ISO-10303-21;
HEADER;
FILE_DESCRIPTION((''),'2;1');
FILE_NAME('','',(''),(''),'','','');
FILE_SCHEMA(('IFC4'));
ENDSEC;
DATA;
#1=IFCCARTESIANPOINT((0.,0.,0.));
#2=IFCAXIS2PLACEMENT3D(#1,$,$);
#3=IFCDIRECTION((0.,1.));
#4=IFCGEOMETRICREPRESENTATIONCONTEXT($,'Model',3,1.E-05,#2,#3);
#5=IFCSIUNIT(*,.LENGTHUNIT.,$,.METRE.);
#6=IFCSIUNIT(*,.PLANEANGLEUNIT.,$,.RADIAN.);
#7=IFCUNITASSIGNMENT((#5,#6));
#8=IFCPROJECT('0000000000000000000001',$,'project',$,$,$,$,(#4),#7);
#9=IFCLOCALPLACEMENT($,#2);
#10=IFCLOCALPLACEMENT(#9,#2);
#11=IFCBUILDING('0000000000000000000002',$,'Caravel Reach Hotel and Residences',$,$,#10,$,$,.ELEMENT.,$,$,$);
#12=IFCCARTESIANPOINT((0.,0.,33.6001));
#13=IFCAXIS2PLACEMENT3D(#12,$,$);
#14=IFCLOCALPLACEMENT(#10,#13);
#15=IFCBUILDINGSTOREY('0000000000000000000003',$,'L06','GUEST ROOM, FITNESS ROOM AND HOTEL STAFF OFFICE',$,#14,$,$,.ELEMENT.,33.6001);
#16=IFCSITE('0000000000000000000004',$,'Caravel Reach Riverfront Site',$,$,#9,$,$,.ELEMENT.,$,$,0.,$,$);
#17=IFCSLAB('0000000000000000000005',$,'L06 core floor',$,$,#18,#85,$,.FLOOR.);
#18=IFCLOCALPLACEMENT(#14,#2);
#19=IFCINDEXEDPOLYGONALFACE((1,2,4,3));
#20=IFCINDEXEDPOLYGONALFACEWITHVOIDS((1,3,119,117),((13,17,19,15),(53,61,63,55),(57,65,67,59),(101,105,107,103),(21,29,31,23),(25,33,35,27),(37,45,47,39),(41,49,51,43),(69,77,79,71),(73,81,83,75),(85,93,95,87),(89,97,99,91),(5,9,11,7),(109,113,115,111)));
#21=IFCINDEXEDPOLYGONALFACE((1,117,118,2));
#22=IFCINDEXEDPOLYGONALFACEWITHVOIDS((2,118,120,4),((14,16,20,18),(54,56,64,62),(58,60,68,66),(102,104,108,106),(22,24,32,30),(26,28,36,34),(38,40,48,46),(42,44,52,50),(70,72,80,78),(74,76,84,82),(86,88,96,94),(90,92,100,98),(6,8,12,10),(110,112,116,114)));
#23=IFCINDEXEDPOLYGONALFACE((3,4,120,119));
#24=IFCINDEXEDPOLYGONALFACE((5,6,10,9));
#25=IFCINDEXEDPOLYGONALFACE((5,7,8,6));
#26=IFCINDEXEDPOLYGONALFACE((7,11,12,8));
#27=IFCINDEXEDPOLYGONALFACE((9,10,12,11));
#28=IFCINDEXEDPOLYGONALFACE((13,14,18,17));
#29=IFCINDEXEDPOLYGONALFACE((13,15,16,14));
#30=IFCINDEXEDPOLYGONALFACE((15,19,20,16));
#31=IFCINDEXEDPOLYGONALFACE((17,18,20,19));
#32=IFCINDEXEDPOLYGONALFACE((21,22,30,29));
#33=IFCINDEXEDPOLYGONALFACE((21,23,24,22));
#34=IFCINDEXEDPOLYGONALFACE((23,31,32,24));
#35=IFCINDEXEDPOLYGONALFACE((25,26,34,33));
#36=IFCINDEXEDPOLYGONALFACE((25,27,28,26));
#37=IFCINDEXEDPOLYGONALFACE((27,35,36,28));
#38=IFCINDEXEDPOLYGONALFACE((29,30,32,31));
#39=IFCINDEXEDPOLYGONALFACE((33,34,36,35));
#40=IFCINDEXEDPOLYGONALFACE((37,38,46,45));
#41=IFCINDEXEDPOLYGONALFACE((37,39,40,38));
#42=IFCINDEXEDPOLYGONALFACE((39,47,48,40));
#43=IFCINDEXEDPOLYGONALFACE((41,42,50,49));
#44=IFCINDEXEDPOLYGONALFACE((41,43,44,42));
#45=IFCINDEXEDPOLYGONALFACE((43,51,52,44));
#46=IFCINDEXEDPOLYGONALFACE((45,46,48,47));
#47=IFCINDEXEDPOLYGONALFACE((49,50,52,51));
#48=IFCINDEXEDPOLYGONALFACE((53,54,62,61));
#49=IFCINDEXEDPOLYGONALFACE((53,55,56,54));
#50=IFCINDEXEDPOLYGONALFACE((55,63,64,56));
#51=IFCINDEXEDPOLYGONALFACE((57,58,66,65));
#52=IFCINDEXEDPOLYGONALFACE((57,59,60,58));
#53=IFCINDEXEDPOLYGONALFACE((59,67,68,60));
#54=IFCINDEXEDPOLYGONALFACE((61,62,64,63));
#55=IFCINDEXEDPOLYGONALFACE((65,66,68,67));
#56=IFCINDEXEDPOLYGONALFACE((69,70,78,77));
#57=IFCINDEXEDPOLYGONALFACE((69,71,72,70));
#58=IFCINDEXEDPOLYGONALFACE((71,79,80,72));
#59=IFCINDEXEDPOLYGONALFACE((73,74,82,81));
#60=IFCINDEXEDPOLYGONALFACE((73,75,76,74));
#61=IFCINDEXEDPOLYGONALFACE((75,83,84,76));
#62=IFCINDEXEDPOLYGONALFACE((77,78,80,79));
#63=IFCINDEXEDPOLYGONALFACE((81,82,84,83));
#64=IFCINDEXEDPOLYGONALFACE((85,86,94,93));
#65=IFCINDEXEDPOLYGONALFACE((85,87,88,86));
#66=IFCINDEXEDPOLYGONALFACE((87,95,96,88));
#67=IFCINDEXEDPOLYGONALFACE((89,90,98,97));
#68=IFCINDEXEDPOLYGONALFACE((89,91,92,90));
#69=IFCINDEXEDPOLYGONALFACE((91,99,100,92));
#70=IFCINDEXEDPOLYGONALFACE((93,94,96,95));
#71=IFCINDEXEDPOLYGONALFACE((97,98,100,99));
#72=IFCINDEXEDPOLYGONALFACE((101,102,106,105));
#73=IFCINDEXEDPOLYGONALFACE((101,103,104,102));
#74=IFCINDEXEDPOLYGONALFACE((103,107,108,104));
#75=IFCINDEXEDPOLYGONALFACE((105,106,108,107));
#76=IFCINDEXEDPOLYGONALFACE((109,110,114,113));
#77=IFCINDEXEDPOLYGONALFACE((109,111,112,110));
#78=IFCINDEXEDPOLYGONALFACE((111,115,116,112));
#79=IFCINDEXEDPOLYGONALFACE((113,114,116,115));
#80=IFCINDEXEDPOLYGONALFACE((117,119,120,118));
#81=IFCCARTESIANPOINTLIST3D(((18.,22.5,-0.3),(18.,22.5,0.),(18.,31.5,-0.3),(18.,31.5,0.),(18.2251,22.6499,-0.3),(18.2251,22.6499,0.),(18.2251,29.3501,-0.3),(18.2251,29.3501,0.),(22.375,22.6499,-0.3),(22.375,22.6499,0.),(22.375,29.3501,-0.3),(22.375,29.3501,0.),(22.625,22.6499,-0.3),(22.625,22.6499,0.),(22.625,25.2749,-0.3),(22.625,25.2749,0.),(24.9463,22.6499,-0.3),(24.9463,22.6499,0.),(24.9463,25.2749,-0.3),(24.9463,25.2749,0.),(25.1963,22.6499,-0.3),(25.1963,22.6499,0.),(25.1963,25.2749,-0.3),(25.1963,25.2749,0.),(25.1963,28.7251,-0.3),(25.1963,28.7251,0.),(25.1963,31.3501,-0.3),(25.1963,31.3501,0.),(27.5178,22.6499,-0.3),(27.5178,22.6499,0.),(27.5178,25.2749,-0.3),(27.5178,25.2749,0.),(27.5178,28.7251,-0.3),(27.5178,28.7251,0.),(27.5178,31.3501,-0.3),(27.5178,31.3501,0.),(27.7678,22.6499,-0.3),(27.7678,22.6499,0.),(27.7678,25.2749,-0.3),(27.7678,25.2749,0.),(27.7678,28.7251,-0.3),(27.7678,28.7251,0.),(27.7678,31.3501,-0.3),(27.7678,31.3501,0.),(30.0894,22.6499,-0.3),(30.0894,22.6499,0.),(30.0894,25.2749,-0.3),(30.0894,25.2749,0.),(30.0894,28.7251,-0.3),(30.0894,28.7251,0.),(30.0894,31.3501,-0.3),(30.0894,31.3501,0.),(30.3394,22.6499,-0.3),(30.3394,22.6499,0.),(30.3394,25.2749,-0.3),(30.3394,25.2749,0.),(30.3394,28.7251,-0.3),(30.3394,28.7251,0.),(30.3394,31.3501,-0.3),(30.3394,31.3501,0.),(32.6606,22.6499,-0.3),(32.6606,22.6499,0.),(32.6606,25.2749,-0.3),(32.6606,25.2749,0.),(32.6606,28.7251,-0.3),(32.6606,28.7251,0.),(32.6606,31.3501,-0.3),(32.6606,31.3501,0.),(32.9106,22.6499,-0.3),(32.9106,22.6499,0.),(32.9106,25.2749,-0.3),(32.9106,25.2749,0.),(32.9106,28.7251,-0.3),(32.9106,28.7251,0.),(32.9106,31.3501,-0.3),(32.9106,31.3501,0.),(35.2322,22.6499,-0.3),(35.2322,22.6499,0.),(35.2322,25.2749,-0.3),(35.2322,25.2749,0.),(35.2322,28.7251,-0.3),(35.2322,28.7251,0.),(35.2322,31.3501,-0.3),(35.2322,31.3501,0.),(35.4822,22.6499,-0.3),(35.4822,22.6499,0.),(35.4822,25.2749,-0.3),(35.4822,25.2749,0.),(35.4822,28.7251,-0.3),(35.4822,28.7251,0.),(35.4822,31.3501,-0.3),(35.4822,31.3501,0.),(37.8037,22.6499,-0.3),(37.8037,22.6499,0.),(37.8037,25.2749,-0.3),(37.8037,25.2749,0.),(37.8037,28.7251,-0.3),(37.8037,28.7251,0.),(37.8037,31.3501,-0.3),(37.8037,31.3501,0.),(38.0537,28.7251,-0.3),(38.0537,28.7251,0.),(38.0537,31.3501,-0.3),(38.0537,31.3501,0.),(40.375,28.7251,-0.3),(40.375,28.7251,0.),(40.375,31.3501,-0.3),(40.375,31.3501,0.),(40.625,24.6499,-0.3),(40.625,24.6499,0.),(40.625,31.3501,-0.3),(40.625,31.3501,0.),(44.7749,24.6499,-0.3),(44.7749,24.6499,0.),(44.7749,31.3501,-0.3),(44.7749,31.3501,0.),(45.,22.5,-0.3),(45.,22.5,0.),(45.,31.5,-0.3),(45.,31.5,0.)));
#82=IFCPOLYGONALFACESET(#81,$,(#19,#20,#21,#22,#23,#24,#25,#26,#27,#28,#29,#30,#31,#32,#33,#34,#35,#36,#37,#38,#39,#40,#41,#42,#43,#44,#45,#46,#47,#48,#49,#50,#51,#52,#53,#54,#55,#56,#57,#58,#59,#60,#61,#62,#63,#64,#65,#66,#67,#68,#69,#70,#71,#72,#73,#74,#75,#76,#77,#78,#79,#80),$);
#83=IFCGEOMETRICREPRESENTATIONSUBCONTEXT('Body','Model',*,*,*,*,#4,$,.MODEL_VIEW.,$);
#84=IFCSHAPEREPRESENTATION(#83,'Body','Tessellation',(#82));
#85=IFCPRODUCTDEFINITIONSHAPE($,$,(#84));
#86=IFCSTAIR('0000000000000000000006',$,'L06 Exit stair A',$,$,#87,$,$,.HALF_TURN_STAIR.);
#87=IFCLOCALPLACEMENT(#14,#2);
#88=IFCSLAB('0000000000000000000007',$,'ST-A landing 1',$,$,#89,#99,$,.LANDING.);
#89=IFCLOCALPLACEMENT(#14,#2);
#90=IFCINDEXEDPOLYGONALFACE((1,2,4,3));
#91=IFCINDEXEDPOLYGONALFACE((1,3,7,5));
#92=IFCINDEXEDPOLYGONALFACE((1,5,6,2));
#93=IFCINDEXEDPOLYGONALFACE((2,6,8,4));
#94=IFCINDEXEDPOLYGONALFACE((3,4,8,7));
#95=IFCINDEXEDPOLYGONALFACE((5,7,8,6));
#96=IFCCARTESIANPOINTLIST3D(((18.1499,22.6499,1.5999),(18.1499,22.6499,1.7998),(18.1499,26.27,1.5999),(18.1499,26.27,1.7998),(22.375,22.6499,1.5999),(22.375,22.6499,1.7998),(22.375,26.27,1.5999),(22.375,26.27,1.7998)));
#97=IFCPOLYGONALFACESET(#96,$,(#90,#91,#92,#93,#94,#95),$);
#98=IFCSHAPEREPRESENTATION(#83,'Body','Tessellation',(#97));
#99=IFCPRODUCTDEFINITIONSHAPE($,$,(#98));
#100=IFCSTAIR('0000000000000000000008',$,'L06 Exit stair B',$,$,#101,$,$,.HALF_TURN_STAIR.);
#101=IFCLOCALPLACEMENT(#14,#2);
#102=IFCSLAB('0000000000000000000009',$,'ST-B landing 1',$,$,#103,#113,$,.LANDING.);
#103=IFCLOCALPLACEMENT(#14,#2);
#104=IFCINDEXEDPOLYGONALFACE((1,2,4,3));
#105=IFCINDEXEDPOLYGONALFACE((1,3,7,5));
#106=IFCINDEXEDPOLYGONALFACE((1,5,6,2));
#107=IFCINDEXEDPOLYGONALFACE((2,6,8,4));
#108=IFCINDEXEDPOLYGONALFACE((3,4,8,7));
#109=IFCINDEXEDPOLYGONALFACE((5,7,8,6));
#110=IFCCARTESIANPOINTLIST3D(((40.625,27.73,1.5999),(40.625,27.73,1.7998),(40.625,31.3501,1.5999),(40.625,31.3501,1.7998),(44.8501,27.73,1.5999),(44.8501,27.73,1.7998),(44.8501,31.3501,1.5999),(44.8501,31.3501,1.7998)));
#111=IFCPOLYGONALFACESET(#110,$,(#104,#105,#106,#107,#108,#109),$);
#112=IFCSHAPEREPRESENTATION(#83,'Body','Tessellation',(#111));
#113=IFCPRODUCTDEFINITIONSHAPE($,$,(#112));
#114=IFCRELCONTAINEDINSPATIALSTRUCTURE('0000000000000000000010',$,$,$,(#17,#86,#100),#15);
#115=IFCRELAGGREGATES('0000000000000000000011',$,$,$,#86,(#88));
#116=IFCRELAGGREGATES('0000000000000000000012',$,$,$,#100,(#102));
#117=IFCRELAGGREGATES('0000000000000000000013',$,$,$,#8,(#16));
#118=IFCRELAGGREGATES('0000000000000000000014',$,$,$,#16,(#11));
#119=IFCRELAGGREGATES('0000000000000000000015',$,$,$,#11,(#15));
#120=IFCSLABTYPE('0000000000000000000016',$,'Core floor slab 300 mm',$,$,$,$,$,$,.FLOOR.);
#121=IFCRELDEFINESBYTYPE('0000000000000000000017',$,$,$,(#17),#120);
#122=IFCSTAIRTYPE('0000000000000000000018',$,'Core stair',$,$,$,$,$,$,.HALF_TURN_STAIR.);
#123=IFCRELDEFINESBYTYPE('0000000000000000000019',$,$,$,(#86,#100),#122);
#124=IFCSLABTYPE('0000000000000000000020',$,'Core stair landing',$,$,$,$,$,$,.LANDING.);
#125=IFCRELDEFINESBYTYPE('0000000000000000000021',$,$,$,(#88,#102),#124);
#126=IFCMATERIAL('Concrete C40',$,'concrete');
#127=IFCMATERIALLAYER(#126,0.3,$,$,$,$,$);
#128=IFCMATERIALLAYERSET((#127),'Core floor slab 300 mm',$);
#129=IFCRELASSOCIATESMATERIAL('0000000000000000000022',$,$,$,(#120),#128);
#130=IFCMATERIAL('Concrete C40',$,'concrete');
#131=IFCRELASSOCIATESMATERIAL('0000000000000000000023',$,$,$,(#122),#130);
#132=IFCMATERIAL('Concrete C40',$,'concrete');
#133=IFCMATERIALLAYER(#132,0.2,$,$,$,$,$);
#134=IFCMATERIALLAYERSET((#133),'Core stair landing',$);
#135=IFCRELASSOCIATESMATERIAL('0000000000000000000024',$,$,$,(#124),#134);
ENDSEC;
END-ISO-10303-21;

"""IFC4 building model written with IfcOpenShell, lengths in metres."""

from ifc_helpers import new_model, si_unit, direction, frame, origin, place, context, subcontext, project, spatial, polyline, outline, extrude, material, layer, layer_set, type_object, element, aggregate, save


model = new_model("IFC4")

# Units and contexts
model_context = context("Model", 3, precision=1e-05, world=origin(), true_north=direction((0.0, 1.0)))
body_context = subcontext(model_context, "Body", "Model", "MODEL_VIEW")
ifc_project = project(units=[si_unit("LENGTHUNIT", "METRE"), si_unit("PLANEANGLEUNIT", "RADIAN")], contexts=[model_context])

# Site, building, storey
site_placement = place(None, origin())
site = spatial("IfcSite", under=ifc_project, at=site_placement, Name="Caravel Reach Riverfront Site", CompositionType="ELEMENT", RefElevation=0.0)
building_placement = place(site_placement, origin())
building = spatial("IfcBuilding", under=site, at=building_placement, Name="Caravel Reach Hotel and Residences", CompositionType="ELEMENT")
storey_placement = place(building_placement, frame((0.0, 0.0, 33.6001)))
storey = spatial("IfcBuildingStorey", under=building, at=storey_placement, Name="L06", Description="GUEST ROOM, FITNESS ROOM AND HOTEL STAFF OFFICE", CompositionType="ELEMENT", Elevation=33.6001)

# Slab
ifc_material_1 = material(Name="Concrete C40", Category="concrete")
ifc_layer_1 = layer(ifc_material_1, 0.3)
ifc_layer_set_1 = layer_set([ifc_layer_1], Name="Core floor slab 300 mm")
slab_type_1 = type_object("IfcSlabType", Name="Core floor slab 300 mm", PredefinedType="FLOOR", material=ifc_layer_set_1)
slab_1_placement = place(storey_placement, frame((0.0, 0.0, -0.3)))
element("IfcSlab", 1, at=slab_1_placement, inside=storey, type_object=slab_type_1, Name="L06 core floor", PredefinedType="FLOOR", context=body_context, shape_type="SweptSolid", body=[
    extrude(outline(polyline([(18.0, 31.5), (45.0, 31.5), (45.0, 22.5), (18.0, 22.5), (18.0, 31.5)]), holes=[polyline([(22.625, 25.2749), (22.625, 22.6499), (24.9463, 22.6499), (24.9463, 25.2749), (22.625, 25.2749)]), polyline([(27.5178, 25.2749), (25.1963, 25.2749), (25.1963, 22.6499), (27.5178, 22.6499), (27.5178, 25.2749)]), polyline([(30.0894, 25.2749), (27.7678, 25.2749), (27.7678, 22.6499), (30.0894, 22.6499), (30.0894, 25.2749)]), polyline([(32.6606, 25.2749), (30.3394, 25.2749), (30.3394, 22.6499), (32.6606, 22.6499), (32.6606, 25.2749)]), polyline([(18.2251, 22.6499), (22.375, 22.6499), (22.375, 29.3501), (18.2251, 29.3501), (18.2251, 22.6499)]), polyline([(27.5178, 31.3501), (25.1963, 31.3501), (25.1963, 28.7251), (27.5178, 28.7251), (27.5178, 31.3501)]), polyline([(30.0894, 31.3501), (27.7678, 31.3501), (27.7678, 28.7251), (30.0894, 28.7251), (30.0894, 31.3501)]), polyline([(32.9106, 25.2749), (32.9106, 22.6499), (35.2322, 22.6499), (35.2322, 25.2749), (32.9106, 25.2749)]), polyline([(37.8037, 25.2749), (35.4822, 25.2749), (35.4822, 22.6499), (37.8037, 22.6499), (37.8037, 25.2749)]), polyline([(44.7749, 31.3501), (40.625, 31.3501), (40.625, 24.6499), (44.7749, 24.6499), (44.7749, 31.3501)]), polyline([(32.6606, 31.3501), (30.3394, 31.3501), (30.3394, 28.7251), (32.6606, 28.7251), (32.6606, 31.3501)]), polyline([(35.2322, 31.3501), (32.9106, 31.3501), (32.9106, 28.7251), (35.2322, 28.7251), (35.2322, 31.3501)]), polyline([(37.8037, 31.3501), (35.4822, 31.3501), (35.4822, 28.7251), (37.8037, 28.7251), (37.8037, 31.3501)]), polyline([(40.375, 31.3501), (38.0537, 31.3501), (38.0537, 28.7251), (40.375, 28.7251), (40.375, 31.3501)])]), origin(), (0.0, 0.0, 1.0), 0.3),
])

# Stairs, slabs
ifc_material_2 = material(Name="Concrete C40", Category="concrete")
stair_type = type_object("IfcStairType", Name="Core stair", PredefinedType="HALF_TURN_STAIR", material=ifc_material_2)
stair_1_placement = place(storey_placement, origin())
stair_1 = element("IfcStair", 2, at=stair_1_placement, inside=storey, type_object=stair_type, Name="L06 Exit stair A", PredefinedType="HALF_TURN_STAIR")
ifc_material_3 = material(Name="Concrete C40", Category="concrete")
ifc_layer_2 = layer(ifc_material_3, 0.2)
ifc_layer_set_2 = layer_set([ifc_layer_2], Name="Core stair landing")
slab_type_2 = type_object("IfcSlabType", Name="Core stair landing", PredefinedType="LANDING", material=ifc_layer_set_2)
slab_2_placement = place(storey_placement, frame((0.0, 0.0, 1.5999)))
slab_2 = element("IfcSlab", 3, at=slab_2_placement, type_object=slab_type_2, Name="ST-A landing 1", PredefinedType="LANDING", context=body_context, shape_type="SweptSolid", body=[
    extrude(outline(polyline([(18.1499, 26.27), (18.1499, 22.6499), (22.375, 22.6499), (22.375, 26.27), (18.1499, 26.27)])), origin(), (0.0, 0.0, 1.0), 0.2),
])
aggregate(stair_1, [slab_2])
stair_2_placement = place(storey_placement, origin())
stair_2 = element("IfcStair", 4, at=stair_2_placement, inside=storey, type_object=stair_type, Name="L06 Exit stair B", PredefinedType="HALF_TURN_STAIR")
slab_3_placement = place(storey_placement, frame((0.0, 0.0, 1.5999)))
slab_3 = element("IfcSlab", 5, at=slab_3_placement, type_object=slab_type_2, Name="ST-B landing 1", PredefinedType="LANDING", context=body_context, shape_type="SweptSolid", body=[
    extrude(outline(polyline([(44.8501, 27.73), (44.8501, 31.3501), (40.625, 31.3501), (40.625, 27.73), (44.8501, 27.73)])), origin(), (0.0, 0.0, 1.0), 0.2),
])
aggregate(stair_2, [slab_3])

save(model, "model.ifc")
